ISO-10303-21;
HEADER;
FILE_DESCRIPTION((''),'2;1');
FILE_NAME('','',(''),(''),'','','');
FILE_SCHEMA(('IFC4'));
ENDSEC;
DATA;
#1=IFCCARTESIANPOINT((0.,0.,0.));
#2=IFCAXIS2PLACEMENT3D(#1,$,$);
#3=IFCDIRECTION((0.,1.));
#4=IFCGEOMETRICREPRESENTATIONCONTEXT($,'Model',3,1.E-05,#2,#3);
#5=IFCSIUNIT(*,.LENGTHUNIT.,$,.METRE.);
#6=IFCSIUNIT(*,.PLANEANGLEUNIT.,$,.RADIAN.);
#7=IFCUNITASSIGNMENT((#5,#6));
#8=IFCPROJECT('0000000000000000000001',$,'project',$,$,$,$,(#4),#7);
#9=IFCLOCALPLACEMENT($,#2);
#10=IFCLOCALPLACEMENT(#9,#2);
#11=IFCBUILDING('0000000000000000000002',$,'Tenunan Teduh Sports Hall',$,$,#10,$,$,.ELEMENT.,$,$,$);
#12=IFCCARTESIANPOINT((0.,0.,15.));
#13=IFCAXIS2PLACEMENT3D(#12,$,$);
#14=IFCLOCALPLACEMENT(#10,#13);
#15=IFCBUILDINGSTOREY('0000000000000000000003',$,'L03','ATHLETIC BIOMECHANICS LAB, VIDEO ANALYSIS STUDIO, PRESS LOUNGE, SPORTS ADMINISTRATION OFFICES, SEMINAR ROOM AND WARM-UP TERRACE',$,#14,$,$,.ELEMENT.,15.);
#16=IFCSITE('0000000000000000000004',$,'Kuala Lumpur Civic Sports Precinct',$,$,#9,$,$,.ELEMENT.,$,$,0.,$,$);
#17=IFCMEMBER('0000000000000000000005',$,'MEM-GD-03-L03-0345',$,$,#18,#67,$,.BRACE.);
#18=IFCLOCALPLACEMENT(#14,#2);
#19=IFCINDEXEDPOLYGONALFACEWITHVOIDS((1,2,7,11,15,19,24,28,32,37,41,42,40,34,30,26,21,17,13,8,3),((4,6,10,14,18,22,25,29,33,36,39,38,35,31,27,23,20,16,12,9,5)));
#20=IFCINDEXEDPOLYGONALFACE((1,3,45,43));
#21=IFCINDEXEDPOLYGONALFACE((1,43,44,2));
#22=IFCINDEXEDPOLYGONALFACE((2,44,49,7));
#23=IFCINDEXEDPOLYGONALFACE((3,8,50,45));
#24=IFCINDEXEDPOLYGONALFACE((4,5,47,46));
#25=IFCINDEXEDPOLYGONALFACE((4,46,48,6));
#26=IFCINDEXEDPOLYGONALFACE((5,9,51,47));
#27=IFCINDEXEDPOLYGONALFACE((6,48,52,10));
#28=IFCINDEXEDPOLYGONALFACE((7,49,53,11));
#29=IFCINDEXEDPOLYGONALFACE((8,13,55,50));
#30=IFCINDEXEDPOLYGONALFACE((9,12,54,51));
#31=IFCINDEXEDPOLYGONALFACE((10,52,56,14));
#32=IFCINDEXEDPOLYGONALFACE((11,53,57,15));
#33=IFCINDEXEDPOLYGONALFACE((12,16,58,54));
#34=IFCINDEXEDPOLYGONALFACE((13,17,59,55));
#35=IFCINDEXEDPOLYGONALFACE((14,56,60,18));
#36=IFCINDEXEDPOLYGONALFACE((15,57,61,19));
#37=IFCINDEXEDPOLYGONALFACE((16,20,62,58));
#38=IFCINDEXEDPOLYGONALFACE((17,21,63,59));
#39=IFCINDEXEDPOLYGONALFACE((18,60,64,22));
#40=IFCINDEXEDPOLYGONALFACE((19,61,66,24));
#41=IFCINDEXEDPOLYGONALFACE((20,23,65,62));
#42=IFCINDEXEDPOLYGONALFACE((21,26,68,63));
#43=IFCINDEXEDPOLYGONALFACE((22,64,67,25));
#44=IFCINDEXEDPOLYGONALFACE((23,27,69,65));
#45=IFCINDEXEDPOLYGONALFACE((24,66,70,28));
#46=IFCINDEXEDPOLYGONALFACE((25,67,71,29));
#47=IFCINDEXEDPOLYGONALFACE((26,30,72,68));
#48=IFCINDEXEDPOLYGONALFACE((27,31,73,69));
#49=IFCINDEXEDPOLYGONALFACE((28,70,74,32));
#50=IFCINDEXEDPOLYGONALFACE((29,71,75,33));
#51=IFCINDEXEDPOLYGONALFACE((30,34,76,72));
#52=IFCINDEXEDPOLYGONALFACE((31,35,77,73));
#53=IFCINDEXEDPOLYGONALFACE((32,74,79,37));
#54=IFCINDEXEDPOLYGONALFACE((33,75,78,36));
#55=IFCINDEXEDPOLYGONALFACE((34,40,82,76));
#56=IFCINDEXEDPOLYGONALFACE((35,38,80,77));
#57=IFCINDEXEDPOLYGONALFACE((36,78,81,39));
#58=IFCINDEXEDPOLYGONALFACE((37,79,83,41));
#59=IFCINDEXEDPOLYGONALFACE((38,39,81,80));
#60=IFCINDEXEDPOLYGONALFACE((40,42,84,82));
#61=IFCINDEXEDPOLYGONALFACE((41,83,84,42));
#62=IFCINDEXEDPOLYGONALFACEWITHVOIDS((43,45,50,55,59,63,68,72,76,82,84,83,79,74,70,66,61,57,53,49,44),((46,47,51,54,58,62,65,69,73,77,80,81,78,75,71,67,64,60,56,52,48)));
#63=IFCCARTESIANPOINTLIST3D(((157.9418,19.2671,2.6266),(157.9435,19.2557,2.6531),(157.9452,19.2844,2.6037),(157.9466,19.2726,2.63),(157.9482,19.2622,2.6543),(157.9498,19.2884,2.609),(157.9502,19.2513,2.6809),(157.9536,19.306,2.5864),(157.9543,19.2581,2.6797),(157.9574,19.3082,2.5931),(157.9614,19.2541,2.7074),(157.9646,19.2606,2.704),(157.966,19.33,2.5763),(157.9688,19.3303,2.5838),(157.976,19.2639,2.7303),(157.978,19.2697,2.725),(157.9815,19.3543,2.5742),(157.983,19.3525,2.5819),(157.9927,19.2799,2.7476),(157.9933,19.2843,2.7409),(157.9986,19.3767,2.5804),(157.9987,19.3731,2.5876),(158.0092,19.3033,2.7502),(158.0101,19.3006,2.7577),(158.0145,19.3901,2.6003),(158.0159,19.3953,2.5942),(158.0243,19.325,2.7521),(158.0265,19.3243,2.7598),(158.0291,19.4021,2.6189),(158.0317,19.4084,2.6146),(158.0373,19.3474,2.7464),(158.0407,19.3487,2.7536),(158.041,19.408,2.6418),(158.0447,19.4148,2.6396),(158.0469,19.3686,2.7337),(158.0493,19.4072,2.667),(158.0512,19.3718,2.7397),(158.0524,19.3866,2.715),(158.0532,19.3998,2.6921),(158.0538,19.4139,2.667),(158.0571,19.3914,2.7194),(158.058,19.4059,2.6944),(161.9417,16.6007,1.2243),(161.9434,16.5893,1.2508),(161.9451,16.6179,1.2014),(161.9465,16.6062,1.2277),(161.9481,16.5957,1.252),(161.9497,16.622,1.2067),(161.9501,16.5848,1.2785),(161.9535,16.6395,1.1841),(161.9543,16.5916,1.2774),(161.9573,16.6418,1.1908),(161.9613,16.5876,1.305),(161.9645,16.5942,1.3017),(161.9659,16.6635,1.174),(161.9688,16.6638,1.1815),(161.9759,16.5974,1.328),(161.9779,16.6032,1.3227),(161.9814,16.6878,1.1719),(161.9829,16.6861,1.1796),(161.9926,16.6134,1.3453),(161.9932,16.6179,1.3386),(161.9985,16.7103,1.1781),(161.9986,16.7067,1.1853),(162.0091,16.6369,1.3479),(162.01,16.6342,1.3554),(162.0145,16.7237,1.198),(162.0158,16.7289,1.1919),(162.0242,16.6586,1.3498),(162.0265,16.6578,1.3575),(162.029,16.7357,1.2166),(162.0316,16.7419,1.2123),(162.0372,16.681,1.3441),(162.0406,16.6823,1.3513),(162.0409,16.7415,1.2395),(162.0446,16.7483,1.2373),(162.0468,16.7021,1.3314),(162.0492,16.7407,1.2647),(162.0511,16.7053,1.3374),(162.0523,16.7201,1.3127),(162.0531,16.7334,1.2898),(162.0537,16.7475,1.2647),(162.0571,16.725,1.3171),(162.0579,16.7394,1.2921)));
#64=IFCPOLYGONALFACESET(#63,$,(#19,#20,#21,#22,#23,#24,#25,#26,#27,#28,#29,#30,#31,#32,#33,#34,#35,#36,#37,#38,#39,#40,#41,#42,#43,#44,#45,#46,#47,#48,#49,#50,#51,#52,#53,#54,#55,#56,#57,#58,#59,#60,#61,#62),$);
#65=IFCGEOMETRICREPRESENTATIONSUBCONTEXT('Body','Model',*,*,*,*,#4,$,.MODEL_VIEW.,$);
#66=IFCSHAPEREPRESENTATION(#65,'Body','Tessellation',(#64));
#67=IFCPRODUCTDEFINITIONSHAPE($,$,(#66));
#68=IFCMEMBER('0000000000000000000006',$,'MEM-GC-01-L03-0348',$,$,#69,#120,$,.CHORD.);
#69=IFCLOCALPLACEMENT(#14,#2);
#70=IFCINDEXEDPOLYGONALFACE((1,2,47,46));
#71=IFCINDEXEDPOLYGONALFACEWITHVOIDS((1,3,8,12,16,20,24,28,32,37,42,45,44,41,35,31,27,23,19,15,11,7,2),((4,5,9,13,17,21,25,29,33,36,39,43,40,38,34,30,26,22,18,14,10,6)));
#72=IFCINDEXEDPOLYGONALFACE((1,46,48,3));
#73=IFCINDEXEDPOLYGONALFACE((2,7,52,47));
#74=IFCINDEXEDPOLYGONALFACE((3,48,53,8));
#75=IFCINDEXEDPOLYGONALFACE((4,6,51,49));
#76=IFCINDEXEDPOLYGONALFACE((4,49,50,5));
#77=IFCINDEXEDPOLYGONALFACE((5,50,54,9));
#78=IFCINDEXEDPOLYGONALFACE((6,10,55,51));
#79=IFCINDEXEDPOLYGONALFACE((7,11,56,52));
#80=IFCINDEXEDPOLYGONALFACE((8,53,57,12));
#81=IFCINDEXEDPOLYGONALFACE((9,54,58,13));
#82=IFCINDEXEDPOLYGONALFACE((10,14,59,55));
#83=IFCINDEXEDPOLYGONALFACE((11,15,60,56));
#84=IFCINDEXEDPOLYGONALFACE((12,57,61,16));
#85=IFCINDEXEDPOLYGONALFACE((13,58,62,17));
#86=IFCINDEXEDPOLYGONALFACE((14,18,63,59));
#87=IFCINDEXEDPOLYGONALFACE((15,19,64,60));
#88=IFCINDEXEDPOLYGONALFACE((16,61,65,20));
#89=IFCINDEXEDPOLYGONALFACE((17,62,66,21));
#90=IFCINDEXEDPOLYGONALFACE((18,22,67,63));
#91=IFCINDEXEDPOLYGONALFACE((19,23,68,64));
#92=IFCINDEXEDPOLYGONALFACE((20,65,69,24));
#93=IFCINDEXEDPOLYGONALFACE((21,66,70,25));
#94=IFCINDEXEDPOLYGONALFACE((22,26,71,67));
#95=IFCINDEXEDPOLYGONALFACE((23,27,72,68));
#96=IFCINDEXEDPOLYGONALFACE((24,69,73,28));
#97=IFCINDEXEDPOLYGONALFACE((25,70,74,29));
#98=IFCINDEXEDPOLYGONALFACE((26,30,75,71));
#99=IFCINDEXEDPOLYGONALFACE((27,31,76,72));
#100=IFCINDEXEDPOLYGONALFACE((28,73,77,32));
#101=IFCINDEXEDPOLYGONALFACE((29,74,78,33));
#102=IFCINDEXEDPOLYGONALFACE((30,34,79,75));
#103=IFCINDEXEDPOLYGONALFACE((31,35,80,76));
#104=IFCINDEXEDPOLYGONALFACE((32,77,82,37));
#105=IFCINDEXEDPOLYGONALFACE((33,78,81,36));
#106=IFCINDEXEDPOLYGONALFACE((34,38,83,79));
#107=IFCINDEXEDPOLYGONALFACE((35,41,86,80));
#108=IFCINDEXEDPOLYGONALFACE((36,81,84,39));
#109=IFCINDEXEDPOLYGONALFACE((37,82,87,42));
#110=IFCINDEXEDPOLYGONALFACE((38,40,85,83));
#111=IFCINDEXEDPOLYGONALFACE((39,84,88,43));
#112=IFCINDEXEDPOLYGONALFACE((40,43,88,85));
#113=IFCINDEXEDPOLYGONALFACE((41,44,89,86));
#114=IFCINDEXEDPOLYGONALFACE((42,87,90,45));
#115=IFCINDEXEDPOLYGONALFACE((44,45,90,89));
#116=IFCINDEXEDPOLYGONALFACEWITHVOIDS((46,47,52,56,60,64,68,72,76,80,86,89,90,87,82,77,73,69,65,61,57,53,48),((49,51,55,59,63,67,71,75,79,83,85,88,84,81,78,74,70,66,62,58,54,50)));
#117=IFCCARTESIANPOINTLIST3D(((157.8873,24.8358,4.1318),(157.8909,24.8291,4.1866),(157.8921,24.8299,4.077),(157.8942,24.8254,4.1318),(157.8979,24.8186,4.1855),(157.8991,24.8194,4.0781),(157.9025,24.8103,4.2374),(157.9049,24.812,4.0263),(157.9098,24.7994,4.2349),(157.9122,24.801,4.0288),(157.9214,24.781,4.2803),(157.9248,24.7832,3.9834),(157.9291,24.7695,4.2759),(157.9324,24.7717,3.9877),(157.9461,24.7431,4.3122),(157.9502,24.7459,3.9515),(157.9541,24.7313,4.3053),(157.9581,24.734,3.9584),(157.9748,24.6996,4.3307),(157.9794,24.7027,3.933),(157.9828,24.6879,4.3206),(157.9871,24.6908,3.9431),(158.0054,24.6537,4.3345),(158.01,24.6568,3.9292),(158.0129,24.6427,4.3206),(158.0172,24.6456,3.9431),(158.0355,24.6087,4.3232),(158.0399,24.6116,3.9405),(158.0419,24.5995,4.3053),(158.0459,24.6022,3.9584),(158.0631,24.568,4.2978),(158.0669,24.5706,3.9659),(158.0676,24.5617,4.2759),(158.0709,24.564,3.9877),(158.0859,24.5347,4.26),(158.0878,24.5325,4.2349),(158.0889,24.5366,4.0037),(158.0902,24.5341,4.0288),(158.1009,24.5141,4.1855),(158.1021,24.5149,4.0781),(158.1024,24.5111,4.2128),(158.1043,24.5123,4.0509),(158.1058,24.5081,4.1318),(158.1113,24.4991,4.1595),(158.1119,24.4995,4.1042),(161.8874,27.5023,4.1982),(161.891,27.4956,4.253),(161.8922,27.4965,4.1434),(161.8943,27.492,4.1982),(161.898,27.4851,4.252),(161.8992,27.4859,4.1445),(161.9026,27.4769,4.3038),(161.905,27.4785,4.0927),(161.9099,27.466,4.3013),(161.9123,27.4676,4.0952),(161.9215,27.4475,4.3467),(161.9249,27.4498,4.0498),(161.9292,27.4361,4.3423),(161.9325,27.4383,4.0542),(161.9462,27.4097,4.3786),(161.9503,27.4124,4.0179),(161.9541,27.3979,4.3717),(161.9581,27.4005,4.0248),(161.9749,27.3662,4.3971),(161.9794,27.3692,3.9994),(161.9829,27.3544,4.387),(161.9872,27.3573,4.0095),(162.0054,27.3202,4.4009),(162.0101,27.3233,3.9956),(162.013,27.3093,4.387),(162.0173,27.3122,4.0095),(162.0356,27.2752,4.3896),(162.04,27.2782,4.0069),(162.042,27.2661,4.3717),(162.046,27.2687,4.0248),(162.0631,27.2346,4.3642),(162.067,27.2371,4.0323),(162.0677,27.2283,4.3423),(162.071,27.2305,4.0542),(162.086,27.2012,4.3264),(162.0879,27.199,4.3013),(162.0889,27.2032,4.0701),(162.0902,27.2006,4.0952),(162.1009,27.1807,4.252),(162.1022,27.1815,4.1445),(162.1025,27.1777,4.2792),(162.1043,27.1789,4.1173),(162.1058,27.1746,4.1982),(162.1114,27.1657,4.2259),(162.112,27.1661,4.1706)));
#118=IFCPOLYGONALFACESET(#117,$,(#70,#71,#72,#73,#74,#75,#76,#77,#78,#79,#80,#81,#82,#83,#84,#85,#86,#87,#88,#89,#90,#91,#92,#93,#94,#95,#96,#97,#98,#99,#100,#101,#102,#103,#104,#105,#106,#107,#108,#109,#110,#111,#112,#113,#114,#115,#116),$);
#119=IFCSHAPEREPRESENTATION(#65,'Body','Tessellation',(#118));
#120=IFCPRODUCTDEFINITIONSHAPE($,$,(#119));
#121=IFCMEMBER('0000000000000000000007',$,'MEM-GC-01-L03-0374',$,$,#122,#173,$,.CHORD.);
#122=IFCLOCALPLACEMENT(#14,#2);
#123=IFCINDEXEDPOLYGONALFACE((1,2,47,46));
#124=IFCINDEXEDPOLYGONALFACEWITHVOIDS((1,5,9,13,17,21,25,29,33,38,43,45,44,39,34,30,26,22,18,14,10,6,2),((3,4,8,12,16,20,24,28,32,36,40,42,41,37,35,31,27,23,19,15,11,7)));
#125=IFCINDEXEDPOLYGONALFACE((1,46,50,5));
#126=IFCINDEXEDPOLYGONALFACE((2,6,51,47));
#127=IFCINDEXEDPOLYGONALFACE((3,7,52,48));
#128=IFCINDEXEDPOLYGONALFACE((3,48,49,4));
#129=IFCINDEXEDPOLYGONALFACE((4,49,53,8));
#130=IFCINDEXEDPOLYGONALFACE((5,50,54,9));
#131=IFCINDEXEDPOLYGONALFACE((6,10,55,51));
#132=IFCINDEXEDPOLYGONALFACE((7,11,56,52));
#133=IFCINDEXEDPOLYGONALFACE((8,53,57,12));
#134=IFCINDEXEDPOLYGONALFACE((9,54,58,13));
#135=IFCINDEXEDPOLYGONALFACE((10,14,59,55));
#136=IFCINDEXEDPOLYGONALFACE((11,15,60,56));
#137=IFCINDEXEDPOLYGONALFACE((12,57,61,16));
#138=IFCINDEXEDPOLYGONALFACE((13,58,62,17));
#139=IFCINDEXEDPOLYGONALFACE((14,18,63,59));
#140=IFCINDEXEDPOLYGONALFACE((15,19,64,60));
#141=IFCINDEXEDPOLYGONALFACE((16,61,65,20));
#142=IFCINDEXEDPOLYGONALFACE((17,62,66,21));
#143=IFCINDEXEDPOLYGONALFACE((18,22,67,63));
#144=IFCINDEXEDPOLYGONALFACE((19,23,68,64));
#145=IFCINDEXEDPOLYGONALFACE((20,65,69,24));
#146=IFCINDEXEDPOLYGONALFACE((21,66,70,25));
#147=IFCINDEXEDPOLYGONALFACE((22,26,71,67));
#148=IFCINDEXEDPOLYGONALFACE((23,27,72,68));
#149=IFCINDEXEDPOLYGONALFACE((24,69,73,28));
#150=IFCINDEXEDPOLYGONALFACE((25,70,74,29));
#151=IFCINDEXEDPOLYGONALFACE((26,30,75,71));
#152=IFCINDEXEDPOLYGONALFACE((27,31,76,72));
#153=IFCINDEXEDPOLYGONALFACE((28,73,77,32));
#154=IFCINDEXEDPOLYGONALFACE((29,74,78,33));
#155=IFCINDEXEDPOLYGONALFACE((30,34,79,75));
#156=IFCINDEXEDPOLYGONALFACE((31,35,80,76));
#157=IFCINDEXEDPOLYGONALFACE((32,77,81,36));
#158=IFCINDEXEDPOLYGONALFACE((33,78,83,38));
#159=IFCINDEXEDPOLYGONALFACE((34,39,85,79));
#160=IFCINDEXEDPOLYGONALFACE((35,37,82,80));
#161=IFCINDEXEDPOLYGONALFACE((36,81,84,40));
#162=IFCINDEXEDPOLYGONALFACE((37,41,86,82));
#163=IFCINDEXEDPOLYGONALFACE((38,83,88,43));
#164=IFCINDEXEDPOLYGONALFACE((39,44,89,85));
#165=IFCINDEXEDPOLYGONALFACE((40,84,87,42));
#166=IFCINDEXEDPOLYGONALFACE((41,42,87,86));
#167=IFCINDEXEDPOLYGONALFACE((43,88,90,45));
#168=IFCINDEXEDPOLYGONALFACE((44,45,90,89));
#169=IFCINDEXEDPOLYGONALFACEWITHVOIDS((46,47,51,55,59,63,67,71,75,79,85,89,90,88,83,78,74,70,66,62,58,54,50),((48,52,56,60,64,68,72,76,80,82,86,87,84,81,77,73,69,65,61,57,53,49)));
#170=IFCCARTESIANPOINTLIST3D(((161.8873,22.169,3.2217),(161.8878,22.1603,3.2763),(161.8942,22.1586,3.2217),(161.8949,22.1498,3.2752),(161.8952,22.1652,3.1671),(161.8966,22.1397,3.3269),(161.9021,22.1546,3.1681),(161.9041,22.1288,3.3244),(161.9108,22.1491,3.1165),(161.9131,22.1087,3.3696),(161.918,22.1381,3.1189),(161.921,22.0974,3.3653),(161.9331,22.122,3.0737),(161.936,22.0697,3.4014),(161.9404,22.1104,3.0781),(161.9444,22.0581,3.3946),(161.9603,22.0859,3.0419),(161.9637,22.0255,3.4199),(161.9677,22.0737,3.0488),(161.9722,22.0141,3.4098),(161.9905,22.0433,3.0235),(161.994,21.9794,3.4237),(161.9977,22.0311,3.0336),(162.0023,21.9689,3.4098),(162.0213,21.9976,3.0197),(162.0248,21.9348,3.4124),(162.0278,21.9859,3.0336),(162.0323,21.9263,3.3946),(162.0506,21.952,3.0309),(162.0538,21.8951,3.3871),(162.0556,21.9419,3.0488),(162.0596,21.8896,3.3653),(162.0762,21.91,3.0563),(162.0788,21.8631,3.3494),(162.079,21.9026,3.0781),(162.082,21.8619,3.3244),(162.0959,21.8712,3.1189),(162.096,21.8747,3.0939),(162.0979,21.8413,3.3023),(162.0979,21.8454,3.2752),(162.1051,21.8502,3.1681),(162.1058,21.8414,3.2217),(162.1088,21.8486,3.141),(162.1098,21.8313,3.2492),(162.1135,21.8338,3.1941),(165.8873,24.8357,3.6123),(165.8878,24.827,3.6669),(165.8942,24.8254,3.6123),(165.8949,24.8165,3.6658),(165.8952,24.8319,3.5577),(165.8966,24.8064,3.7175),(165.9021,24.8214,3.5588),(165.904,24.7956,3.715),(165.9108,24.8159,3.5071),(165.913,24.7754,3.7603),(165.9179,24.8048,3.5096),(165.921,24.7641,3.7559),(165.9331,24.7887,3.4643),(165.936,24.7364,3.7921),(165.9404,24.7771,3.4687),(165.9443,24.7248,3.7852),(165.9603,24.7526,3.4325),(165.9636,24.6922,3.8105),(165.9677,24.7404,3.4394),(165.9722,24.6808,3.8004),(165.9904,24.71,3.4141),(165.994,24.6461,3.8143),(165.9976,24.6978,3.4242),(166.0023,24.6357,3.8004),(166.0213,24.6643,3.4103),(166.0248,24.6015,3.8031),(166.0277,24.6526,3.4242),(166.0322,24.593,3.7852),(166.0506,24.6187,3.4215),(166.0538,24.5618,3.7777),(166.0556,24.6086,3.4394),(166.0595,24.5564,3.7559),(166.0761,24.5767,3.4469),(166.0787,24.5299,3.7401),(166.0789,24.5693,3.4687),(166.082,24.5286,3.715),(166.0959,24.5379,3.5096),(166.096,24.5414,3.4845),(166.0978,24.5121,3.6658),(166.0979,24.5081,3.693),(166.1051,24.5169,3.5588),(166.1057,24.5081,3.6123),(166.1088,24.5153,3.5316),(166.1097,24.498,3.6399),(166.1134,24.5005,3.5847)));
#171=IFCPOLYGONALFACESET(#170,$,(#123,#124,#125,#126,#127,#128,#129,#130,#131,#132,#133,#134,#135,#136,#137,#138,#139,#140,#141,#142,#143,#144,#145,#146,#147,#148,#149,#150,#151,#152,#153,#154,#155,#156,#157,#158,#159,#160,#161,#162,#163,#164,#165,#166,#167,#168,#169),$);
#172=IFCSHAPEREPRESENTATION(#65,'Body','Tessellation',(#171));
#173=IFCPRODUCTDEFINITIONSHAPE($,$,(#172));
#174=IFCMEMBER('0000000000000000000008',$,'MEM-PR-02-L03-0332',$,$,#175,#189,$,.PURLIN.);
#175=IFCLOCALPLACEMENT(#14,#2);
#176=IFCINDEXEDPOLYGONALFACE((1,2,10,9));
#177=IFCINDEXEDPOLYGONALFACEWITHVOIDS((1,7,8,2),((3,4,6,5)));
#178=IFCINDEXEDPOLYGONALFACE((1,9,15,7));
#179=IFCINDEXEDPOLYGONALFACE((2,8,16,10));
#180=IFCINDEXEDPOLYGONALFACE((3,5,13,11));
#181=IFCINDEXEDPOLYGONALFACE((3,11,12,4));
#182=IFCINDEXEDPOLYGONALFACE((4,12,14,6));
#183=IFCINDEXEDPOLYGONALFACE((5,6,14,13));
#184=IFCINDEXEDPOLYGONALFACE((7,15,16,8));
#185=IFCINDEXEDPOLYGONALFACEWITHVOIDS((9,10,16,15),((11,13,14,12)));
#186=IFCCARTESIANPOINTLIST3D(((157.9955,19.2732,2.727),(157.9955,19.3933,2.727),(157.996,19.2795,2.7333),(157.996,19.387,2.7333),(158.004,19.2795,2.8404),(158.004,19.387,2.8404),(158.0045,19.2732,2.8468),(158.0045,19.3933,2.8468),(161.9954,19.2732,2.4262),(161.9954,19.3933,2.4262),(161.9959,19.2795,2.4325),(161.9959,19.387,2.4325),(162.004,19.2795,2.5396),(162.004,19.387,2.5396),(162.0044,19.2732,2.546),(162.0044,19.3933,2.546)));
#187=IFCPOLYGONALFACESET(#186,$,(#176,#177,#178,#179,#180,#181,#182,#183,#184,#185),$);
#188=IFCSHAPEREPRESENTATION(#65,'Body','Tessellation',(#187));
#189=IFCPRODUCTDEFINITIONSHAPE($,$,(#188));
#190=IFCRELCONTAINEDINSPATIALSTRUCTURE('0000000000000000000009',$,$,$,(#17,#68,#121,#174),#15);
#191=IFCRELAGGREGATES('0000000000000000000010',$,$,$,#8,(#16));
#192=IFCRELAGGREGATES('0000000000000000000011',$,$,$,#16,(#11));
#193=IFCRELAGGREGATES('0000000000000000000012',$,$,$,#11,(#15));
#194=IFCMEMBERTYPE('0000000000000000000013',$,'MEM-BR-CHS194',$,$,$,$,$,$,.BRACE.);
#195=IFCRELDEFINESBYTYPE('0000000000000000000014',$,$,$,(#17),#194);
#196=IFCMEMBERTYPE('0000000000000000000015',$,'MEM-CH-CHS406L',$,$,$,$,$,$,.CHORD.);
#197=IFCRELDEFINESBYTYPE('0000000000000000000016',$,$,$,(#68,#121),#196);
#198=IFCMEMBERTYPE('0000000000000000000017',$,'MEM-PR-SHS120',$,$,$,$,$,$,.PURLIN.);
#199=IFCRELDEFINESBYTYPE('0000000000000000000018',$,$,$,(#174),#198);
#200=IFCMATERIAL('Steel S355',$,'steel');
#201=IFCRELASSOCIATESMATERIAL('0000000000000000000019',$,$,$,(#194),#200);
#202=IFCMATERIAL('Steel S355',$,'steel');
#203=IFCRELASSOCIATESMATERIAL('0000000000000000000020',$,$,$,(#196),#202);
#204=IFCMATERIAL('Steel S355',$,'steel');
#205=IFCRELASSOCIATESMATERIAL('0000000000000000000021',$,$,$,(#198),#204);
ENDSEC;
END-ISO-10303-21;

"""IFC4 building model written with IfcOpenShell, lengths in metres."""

from ifc_helpers import new_model, si_unit, direction, frame, origin, origin_2d, place, context, subcontext, project, spatial, hollow_rectangle, hollow_circle, extrude, material, material_profile, profile_set, type_object, element, save


model = new_model("IFC4")

# Units and contexts
model_context = context("Model", 3, precision=1e-05, world=origin(), true_north=direction((0.0, 1.0)))
body_context = subcontext(model_context, "Body", "Model", "MODEL_VIEW")
ifc_project = project(units=[si_unit("LENGTHUNIT", "METRE"), si_unit("PLANEANGLEUNIT", "RADIAN")], contexts=[model_context])

# Site, building, storey
site_placement = place(None, origin())
site = spatial("IfcSite", under=ifc_project, at=site_placement, Name="Kuala Lumpur Civic Sports Precinct", CompositionType="ELEMENT", RefElevation=0.0)
building_placement = place(site_placement, origin())
building = spatial("IfcBuilding", under=site, at=building_placement, Name="Tenunan Teduh Sports Hall", CompositionType="ELEMENT")
storey_placement = place(building_placement, frame((0.0, 0.0, 15.0)))
storey = spatial("IfcBuildingStorey", under=building, at=storey_placement, Name="L03", Description="ATHLETIC BIOMECHANICS LAB, VIDEO ANALYSIS STUDIO, PRESS LOUNGE, SPORTS ADMINISTRATION OFFICES, SEMINAR ROOM AND WARM-UP TERRACE", CompositionType="ELEMENT", Elevation=15.0)

# Members
ifc_material_1 = material(Name="Steel S355", Category="steel")
ifc_material_profile_1 = material_profile(ifc_material_1, hollow_circle(Radius=0.0969, WallThickness=0.0081, at=origin_2d()), Name="CHS 193.7x8.0")
ifc_profile_set_1 = profile_set([ifc_material_profile_1], Name="Steel S355")
member_type_1 = type_object("IfcMemberType", Name="MEM-BR-CHS194", PredefinedType="BRACE", material=ifc_profile_set_1)
member_1_placement = place(storey_placement, frame((158.0, 19.3333, 2.667), z_axis=(0.798774, -0.532483, -0.280039), x_axis=(0.554677, 0.832066, 0.0)))
element("IfcMember", 1, at=member_1_placement, inside=storey, type_object=member_type_1, Name="MEM-GD-03-L03-0345", PredefinedType="BRACE", context=body_context, shape_type="SweptSolid", body=[
    extrude(hollow_circle(Radius=0.0969, WallThickness=0.0081, at=origin_2d()), origin(), (0.0, 0.0, 1.0), 5.0076),
])
ifc_material_2 = material(Name="Steel S355", Category="steel")
ifc_material_profile_2 = material_profile(ifc_material_2, hollow_circle(Radius=0.2031, WallThickness=0.0125, at=origin_2d()), Name="CHS 406.4x12.5")
ifc_profile_set_2 = profile_set([ifc_material_profile_2], Name="Steel S355")
member_type_2 = type_object("IfcMemberType", Name="MEM-CH-CHS406L", PredefinedType="CHORD", material=ifc_profile_set_2)
member_2_placement = place(storey_placement, frame((158.0, 24.6667, 4.1318), z_axis=(0.831987, 0.554624, 0.013812), x_axis=(-0.554677, 0.832066, 0.0)))
element("IfcMember", 2, at=member_2_placement, inside=storey, type_object=member_type_2, Name="MEM-GC-01-L03-0348", PredefinedType="CHORD", context=body_context, shape_type="SweptSolid", body=[
    extrude(hollow_circle(Radius=0.2031, WallThickness=0.0125, at=origin_2d()), origin(), (0.0, 0.0, 1.0), 4.8079),
])
member_3_placement = place(storey_placement, frame((162.0, 22.0, 3.2217), z_axis=(0.829309, 0.55289, 0.080987), x_axis=(-0.554712, 0.832042, 0.0)))
element("IfcMember", 3, at=member_3_placement, inside=storey, type_object=member_type_2, Name="MEM-GC-01-L03-0374", PredefinedType="CHORD", context=body_context, shape_type="SweptSolid", body=[
    extrude(hollow_circle(Radius=0.2031, WallThickness=0.0125, at=origin_2d()), origin(), (0.0, 0.0, 1.0), 4.8232),
])
ifc_material_3 = material(Name="Steel S355", Category="steel")
ifc_material_profile_3 = material_profile(ifc_material_3, hollow_rectangle(XDim=0.1201, YDim=0.1201, WallThickness=0.0063, at=origin_2d()), Name="SHS 120x120x6.3")
ifc_profile_set_3 = profile_set([ifc_material_profile_3], Name="Steel S355")
member_type_3 = type_object("IfcMemberType", Name="MEM-PR-SHS120", PredefinedType="PURLIN", material=ifc_profile_set_3)
for number, where, z_axis, x_axis, name in (
    (4, (158.0, 19.3333, 2.7869), (0.997185, 0.0, -0.074984), (0.0, 1.0, 0.0), "MEM-PR-02-L03-0332"),
):
    element("IfcMember", number, at=place(storey_placement, frame(where, z_axis=z_axis, x_axis=x_axis)), inside=storey, type_object=member_type_3, Name=name, PredefinedType="PURLIN", context=body_context, shape_type="SweptSolid", body=[
        extrude(hollow_rectangle(XDim=0.1201, YDim=0.1201, WallThickness=0.0063, at=origin_2d()), origin(), (0.0, 0.0, 1.0), 4.0112),
    ])

save(model, "model.ifc")
